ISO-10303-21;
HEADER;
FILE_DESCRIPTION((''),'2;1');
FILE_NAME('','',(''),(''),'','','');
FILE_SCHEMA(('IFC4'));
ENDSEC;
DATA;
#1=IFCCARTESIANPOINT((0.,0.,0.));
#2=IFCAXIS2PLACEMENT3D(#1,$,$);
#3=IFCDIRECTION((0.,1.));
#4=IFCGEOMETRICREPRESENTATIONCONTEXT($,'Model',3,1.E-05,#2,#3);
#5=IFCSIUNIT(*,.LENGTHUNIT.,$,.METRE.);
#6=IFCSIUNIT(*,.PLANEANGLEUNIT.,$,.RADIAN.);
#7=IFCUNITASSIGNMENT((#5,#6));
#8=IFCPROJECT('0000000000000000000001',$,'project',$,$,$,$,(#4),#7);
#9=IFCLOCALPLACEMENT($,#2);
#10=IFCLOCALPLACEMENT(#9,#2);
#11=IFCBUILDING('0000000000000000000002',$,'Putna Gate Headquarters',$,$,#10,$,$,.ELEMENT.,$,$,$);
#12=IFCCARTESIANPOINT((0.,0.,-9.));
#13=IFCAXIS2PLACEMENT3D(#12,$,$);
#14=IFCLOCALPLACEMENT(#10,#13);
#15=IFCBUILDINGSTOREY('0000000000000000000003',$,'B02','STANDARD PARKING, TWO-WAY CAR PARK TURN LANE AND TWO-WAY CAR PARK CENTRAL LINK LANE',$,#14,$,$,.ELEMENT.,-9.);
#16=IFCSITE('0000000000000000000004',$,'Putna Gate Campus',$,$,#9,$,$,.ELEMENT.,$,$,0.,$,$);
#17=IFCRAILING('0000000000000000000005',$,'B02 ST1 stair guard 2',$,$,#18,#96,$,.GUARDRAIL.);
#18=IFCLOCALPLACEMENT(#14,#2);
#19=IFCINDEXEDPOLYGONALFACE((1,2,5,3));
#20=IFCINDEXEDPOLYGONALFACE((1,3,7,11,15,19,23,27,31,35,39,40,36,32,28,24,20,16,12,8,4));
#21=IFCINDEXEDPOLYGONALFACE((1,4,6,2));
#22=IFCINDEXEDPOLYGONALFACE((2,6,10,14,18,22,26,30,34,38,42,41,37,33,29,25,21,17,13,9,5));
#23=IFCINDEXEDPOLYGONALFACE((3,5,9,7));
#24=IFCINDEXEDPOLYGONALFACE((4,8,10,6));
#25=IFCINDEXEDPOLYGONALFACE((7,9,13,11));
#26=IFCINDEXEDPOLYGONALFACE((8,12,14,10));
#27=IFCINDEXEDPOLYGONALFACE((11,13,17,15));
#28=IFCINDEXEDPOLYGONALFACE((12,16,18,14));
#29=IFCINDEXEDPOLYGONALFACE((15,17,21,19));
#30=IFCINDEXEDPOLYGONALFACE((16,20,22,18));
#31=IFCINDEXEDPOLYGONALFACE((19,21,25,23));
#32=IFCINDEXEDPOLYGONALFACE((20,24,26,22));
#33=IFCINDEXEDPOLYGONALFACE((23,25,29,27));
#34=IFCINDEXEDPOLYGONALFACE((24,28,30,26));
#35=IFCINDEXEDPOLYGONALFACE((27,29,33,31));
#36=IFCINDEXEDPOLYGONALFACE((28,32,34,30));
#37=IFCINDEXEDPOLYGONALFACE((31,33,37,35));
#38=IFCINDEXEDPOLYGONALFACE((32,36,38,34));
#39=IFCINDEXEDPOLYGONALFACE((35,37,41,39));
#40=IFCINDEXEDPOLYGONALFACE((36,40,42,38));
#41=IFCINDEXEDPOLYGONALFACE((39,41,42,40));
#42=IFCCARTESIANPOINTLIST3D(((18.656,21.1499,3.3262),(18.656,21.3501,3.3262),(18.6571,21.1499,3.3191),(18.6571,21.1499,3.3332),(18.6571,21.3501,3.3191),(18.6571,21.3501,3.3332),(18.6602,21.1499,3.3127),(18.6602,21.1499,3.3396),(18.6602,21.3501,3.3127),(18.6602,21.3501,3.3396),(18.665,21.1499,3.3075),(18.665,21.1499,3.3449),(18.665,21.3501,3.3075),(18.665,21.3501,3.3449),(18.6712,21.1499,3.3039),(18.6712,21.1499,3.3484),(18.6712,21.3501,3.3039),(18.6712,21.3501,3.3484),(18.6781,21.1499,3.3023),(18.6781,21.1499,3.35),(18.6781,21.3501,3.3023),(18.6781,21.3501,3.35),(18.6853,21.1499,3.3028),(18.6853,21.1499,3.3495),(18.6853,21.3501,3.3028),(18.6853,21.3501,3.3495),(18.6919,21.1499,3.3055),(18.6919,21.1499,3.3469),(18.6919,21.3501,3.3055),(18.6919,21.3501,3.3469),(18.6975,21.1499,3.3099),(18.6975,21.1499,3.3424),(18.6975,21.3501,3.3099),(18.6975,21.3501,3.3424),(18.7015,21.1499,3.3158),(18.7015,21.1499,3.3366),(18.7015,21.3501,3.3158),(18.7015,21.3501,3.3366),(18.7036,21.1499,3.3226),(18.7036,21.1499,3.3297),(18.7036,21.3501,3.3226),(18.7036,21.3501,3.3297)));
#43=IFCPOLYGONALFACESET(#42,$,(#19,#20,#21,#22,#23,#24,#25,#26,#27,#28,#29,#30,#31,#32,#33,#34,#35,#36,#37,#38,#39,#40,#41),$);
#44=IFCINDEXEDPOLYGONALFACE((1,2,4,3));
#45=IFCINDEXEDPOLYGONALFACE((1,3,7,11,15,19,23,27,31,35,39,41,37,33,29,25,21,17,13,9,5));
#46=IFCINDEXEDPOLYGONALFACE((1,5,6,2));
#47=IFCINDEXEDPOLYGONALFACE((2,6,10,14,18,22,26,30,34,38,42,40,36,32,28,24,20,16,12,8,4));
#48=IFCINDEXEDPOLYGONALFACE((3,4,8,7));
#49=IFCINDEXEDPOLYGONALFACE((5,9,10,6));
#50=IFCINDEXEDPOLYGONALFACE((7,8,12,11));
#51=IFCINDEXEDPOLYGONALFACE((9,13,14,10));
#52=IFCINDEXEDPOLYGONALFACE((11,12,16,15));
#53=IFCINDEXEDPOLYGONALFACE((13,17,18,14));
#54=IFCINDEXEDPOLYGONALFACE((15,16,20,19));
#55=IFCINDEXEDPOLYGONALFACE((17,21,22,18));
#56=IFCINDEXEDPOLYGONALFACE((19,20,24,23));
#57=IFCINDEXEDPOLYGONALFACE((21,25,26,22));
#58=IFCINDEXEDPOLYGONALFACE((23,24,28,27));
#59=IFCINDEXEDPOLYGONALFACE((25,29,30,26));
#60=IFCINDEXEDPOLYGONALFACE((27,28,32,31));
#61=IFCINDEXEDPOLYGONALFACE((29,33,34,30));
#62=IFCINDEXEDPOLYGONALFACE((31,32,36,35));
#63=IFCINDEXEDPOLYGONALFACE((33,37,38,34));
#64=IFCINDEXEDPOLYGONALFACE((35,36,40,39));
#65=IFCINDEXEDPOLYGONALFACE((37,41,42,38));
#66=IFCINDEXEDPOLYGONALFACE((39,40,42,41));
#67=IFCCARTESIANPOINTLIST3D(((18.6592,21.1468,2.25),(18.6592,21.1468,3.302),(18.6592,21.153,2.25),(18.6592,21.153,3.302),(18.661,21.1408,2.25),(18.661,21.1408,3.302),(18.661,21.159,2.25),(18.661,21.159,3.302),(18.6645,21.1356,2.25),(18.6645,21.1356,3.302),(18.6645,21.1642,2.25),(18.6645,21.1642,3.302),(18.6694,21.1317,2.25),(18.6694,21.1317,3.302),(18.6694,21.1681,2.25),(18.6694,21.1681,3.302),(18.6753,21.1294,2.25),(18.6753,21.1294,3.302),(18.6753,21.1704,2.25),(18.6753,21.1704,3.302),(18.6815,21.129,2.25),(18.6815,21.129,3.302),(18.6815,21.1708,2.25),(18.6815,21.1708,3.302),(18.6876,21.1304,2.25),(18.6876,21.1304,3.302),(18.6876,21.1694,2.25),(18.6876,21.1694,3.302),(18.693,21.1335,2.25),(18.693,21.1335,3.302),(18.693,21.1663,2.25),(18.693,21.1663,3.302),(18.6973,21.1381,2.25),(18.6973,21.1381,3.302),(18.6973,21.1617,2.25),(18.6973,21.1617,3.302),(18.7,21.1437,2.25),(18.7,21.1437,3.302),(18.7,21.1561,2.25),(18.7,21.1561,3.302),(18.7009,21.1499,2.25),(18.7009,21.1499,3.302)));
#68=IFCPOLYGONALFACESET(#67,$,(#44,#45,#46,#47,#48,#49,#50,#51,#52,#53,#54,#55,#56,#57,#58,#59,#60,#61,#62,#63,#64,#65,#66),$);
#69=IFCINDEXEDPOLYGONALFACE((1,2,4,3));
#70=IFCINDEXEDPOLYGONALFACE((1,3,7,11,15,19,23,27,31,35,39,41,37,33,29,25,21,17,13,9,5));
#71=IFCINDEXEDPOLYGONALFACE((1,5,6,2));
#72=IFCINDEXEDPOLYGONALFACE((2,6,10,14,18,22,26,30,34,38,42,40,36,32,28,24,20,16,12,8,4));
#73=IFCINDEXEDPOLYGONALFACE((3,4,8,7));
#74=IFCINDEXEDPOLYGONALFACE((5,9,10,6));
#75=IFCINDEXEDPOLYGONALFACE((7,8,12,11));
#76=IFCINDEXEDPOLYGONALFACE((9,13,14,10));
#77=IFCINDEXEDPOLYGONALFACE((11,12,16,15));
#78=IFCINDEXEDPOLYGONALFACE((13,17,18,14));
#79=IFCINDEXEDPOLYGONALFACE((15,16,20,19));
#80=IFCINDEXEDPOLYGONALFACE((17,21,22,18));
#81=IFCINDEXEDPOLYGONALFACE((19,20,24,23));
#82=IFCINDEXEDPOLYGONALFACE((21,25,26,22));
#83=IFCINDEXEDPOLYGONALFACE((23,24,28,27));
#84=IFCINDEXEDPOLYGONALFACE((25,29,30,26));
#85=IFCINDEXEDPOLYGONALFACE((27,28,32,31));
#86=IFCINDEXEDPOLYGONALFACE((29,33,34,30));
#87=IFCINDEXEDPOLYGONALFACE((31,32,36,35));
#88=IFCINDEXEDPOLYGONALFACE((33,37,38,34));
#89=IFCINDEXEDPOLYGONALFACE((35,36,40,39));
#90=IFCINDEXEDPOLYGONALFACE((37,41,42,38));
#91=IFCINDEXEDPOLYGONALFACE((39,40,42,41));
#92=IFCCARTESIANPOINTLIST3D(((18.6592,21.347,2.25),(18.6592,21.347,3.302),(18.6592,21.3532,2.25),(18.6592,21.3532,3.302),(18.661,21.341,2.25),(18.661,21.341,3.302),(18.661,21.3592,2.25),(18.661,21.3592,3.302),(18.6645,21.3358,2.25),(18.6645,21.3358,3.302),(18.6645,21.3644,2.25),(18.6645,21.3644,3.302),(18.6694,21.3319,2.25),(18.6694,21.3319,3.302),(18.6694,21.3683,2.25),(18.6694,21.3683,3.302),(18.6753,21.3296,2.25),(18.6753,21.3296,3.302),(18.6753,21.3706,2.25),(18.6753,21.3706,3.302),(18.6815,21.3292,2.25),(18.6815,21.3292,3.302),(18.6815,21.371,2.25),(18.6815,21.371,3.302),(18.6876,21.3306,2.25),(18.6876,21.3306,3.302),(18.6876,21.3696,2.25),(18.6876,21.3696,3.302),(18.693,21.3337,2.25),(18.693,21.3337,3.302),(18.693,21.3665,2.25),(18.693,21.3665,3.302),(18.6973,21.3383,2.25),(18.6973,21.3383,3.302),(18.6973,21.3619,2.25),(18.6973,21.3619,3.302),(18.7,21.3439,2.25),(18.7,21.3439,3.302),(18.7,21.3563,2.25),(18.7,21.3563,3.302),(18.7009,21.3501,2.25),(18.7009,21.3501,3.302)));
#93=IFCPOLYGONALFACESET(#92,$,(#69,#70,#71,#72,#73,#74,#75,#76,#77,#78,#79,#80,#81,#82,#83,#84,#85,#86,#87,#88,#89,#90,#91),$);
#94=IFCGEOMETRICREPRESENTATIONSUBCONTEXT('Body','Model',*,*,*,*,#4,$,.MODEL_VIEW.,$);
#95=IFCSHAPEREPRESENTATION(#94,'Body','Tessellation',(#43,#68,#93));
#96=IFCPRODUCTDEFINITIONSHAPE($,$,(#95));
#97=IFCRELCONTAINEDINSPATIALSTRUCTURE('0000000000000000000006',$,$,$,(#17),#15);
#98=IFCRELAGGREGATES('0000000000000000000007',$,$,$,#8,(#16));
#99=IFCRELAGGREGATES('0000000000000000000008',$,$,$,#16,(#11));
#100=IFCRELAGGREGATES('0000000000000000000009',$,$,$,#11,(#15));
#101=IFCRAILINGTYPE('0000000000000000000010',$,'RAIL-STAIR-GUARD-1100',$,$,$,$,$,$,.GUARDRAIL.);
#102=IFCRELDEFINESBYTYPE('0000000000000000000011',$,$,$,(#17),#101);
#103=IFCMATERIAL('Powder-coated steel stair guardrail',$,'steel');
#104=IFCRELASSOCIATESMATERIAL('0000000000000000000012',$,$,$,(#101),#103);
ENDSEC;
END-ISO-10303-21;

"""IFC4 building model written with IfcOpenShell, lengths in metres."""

from ifc_helpers import new_model, si_unit, direction, frame, origin, origin_2d, place, context, subcontext, project, spatial, circle, extrude, material, type_object, element, save


model = new_model("IFC4")

# Units and contexts
model_context = context("Model", 3, precision=1e-05, world=origin(), true_north=direction((0.0, 1.0)))
body_context = subcontext(model_context, "Body", "Model", "MODEL_VIEW")
ifc_project = project(units=[si_unit("LENGTHUNIT", "METRE"), si_unit("PLANEANGLEUNIT", "RADIAN")], contexts=[model_context])

# Site, building, storey
site_placement = place(None, origin())
site = spatial("IfcSite", under=ifc_project, at=site_placement, Name="Putna Gate Campus", CompositionType="ELEMENT", RefElevation=0.0)
building_placement = place(site_placement, origin())
building = spatial("IfcBuilding", under=site, at=building_placement, Name="Putna Gate Headquarters", CompositionType="ELEMENT")
storey_placement = place(building_placement, frame((0.0, 0.0, -9.0)))
storey = spatial("IfcBuildingStorey", under=building, at=storey_placement, Name="B02", Description="STANDARD PARKING, TWO-WAY CAR PARK TURN LANE AND TWO-WAY CAR PARK CENTRAL LINK LANE", CompositionType="ELEMENT", Elevation=-9.0)

# Railing
ifc_material_1 = material(Name="Powder-coated steel stair guardrail", Category="steel")
railing_type_1 = type_object("IfcRailingType", Name="RAIL-STAIR-GUARD-1100", PredefinedType="GUARDRAIL", material=ifc_material_1)
railing_1_placement = place(storey_placement, frame((18.6799, 21.1499, 2.25)))
element("IfcRailing", 1, at=railing_1_placement, inside=storey, type_object=railing_type_1, Name="B02 ST1 stair guard 2", PredefinedType="GUARDRAIL", context=body_context, shape_type="SweptSolid", body=[
    extrude(circle(Radius=0.0239, at=origin_2d()), frame((0.0, 0.0, 1.0762), z_axis=(0.0, 1.0, 0.0), x_axis=(-1.0, 0.0, 0.0)), (0.0, 0.0, 1.0), 0.2002),
    extrude(circle(Radius=0.021, at=origin_2d()), origin(), (0.0, 0.0, 1.0), 1.052),
    extrude(circle(Radius=0.021, at=origin_2d()), frame((0.0, 0.2002, 0.0)), (0.0, 0.0, 1.0), 1.052),
])

save(model, "model.ifc")
